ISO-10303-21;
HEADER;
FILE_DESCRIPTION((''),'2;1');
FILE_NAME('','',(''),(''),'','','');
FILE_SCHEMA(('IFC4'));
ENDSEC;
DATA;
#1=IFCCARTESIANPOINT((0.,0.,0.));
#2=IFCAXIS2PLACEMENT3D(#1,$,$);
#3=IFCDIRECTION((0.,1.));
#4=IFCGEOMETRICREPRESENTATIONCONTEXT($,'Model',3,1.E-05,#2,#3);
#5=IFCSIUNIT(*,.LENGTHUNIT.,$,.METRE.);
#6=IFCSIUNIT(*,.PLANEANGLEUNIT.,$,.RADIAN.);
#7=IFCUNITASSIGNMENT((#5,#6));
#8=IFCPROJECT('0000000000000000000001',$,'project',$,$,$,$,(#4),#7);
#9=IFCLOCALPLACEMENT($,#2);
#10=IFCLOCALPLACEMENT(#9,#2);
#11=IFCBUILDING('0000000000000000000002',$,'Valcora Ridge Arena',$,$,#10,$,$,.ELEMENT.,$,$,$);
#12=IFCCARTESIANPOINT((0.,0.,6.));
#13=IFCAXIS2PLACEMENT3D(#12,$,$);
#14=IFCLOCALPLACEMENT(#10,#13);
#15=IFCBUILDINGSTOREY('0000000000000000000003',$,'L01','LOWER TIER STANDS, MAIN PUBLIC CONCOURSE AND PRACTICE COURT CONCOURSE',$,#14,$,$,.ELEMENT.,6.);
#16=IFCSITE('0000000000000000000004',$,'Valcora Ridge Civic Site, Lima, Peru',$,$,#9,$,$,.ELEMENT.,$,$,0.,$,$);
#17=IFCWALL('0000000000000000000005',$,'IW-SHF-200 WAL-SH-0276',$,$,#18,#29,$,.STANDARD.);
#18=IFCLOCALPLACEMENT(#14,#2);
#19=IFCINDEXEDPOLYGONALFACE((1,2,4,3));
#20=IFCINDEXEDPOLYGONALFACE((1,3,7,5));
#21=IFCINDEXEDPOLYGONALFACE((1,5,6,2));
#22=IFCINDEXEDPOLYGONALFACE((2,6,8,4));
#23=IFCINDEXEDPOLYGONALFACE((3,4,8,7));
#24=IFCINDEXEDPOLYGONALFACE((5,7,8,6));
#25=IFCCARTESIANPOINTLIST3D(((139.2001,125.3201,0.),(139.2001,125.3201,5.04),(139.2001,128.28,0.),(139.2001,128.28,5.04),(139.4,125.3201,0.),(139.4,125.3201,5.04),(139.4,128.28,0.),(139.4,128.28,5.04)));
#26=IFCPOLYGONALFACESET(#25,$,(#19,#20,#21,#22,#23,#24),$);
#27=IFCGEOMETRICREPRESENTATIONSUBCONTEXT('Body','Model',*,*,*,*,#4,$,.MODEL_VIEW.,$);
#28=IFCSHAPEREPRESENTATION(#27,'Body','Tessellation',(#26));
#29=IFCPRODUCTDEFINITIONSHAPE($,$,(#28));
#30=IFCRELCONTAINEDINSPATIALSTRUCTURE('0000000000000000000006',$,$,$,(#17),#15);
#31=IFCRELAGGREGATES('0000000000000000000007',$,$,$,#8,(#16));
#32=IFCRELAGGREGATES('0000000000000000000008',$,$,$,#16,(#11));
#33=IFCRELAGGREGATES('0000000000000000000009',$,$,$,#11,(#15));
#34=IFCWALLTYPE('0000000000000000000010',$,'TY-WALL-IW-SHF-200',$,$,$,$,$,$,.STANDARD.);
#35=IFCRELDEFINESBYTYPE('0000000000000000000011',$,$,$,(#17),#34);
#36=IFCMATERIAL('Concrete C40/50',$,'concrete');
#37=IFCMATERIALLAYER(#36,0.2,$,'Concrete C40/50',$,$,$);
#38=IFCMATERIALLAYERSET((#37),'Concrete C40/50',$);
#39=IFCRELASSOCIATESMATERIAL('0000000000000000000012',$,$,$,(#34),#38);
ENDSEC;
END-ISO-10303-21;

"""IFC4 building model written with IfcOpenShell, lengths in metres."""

from ifc_helpers import new_model, si_unit, direction, frame, frame_2d, origin, place, context, subcontext, project, spatial, rectangle, extrude, material, layer, layer_set, type_object, element, save


model = new_model("IFC4")

# Units and contexts
model_context = context("Model", 3, precision=1e-05, world=origin(), true_north=direction((0.0, 1.0)))
body_context = subcontext(model_context, "Body", "Model", "MODEL_VIEW")
ifc_project = project(units=[si_unit("LENGTHUNIT", "METRE"), si_unit("PLANEANGLEUNIT", "RADIAN")], contexts=[model_context])

# Site, building, storey
site_placement = place(None, origin())
site = spatial("IfcSite", under=ifc_project, at=site_placement, Name="Valcora Ridge Civic Site, Lima, Peru", CompositionType="ELEMENT", RefElevation=0.0)
building_placement = place(site_placement, origin())
building = spatial("IfcBuilding", under=site, at=building_placement, Name="Valcora Ridge Arena", CompositionType="ELEMENT")
storey_placement = place(building_placement, frame((0.0, 0.0, 6.0)))
storey = spatial("IfcBuildingStorey", under=building, at=storey_placement, Name="L01", Description="LOWER TIER STANDS, MAIN PUBLIC CONCOURSE AND PRACTICE COURT CONCOURSE", CompositionType="ELEMENT", Elevation=6.0)

# Shared definitions
ifc_material_1 = material(Name="Concrete C40/50", Category="concrete")

# Shared definitions
ifc_layer_1 = layer(ifc_material_1, 0.2, Name="Concrete C40/50")
ifc_layer_set_1 = layer_set([ifc_layer_1], Name="Concrete C40/50")
wall_type_1 = type_object("IfcWallType", Name="TY-WALL-IW-SHF-200", PredefinedType="STANDARD", material=ifc_layer_set_1)

# Wall
for number, where, z_axis, x_axis, name in (
    (1, (139.3, 125.3201, 0.0), (0.0, 0.0, 1.0), (0.0, 1.0, 0.0), "IW-SHF-200 WAL-SH-0276"),
):
    element("IfcWall", number, at=place(storey_placement, frame(where, z_axis=z_axis, x_axis=x_axis)), inside=storey, type_object=wall_type_1, Name=name, PredefinedType="STANDARD", context=body_context, shape_type="SweptSolid", body=[
        extrude(rectangle(XDim=2.96, YDim=0.2, at=frame_2d((1.48, 0.0))), origin(), (0.0, 0.0, 1.0), 5.04),
    ])

save(model, "model.ifc")
